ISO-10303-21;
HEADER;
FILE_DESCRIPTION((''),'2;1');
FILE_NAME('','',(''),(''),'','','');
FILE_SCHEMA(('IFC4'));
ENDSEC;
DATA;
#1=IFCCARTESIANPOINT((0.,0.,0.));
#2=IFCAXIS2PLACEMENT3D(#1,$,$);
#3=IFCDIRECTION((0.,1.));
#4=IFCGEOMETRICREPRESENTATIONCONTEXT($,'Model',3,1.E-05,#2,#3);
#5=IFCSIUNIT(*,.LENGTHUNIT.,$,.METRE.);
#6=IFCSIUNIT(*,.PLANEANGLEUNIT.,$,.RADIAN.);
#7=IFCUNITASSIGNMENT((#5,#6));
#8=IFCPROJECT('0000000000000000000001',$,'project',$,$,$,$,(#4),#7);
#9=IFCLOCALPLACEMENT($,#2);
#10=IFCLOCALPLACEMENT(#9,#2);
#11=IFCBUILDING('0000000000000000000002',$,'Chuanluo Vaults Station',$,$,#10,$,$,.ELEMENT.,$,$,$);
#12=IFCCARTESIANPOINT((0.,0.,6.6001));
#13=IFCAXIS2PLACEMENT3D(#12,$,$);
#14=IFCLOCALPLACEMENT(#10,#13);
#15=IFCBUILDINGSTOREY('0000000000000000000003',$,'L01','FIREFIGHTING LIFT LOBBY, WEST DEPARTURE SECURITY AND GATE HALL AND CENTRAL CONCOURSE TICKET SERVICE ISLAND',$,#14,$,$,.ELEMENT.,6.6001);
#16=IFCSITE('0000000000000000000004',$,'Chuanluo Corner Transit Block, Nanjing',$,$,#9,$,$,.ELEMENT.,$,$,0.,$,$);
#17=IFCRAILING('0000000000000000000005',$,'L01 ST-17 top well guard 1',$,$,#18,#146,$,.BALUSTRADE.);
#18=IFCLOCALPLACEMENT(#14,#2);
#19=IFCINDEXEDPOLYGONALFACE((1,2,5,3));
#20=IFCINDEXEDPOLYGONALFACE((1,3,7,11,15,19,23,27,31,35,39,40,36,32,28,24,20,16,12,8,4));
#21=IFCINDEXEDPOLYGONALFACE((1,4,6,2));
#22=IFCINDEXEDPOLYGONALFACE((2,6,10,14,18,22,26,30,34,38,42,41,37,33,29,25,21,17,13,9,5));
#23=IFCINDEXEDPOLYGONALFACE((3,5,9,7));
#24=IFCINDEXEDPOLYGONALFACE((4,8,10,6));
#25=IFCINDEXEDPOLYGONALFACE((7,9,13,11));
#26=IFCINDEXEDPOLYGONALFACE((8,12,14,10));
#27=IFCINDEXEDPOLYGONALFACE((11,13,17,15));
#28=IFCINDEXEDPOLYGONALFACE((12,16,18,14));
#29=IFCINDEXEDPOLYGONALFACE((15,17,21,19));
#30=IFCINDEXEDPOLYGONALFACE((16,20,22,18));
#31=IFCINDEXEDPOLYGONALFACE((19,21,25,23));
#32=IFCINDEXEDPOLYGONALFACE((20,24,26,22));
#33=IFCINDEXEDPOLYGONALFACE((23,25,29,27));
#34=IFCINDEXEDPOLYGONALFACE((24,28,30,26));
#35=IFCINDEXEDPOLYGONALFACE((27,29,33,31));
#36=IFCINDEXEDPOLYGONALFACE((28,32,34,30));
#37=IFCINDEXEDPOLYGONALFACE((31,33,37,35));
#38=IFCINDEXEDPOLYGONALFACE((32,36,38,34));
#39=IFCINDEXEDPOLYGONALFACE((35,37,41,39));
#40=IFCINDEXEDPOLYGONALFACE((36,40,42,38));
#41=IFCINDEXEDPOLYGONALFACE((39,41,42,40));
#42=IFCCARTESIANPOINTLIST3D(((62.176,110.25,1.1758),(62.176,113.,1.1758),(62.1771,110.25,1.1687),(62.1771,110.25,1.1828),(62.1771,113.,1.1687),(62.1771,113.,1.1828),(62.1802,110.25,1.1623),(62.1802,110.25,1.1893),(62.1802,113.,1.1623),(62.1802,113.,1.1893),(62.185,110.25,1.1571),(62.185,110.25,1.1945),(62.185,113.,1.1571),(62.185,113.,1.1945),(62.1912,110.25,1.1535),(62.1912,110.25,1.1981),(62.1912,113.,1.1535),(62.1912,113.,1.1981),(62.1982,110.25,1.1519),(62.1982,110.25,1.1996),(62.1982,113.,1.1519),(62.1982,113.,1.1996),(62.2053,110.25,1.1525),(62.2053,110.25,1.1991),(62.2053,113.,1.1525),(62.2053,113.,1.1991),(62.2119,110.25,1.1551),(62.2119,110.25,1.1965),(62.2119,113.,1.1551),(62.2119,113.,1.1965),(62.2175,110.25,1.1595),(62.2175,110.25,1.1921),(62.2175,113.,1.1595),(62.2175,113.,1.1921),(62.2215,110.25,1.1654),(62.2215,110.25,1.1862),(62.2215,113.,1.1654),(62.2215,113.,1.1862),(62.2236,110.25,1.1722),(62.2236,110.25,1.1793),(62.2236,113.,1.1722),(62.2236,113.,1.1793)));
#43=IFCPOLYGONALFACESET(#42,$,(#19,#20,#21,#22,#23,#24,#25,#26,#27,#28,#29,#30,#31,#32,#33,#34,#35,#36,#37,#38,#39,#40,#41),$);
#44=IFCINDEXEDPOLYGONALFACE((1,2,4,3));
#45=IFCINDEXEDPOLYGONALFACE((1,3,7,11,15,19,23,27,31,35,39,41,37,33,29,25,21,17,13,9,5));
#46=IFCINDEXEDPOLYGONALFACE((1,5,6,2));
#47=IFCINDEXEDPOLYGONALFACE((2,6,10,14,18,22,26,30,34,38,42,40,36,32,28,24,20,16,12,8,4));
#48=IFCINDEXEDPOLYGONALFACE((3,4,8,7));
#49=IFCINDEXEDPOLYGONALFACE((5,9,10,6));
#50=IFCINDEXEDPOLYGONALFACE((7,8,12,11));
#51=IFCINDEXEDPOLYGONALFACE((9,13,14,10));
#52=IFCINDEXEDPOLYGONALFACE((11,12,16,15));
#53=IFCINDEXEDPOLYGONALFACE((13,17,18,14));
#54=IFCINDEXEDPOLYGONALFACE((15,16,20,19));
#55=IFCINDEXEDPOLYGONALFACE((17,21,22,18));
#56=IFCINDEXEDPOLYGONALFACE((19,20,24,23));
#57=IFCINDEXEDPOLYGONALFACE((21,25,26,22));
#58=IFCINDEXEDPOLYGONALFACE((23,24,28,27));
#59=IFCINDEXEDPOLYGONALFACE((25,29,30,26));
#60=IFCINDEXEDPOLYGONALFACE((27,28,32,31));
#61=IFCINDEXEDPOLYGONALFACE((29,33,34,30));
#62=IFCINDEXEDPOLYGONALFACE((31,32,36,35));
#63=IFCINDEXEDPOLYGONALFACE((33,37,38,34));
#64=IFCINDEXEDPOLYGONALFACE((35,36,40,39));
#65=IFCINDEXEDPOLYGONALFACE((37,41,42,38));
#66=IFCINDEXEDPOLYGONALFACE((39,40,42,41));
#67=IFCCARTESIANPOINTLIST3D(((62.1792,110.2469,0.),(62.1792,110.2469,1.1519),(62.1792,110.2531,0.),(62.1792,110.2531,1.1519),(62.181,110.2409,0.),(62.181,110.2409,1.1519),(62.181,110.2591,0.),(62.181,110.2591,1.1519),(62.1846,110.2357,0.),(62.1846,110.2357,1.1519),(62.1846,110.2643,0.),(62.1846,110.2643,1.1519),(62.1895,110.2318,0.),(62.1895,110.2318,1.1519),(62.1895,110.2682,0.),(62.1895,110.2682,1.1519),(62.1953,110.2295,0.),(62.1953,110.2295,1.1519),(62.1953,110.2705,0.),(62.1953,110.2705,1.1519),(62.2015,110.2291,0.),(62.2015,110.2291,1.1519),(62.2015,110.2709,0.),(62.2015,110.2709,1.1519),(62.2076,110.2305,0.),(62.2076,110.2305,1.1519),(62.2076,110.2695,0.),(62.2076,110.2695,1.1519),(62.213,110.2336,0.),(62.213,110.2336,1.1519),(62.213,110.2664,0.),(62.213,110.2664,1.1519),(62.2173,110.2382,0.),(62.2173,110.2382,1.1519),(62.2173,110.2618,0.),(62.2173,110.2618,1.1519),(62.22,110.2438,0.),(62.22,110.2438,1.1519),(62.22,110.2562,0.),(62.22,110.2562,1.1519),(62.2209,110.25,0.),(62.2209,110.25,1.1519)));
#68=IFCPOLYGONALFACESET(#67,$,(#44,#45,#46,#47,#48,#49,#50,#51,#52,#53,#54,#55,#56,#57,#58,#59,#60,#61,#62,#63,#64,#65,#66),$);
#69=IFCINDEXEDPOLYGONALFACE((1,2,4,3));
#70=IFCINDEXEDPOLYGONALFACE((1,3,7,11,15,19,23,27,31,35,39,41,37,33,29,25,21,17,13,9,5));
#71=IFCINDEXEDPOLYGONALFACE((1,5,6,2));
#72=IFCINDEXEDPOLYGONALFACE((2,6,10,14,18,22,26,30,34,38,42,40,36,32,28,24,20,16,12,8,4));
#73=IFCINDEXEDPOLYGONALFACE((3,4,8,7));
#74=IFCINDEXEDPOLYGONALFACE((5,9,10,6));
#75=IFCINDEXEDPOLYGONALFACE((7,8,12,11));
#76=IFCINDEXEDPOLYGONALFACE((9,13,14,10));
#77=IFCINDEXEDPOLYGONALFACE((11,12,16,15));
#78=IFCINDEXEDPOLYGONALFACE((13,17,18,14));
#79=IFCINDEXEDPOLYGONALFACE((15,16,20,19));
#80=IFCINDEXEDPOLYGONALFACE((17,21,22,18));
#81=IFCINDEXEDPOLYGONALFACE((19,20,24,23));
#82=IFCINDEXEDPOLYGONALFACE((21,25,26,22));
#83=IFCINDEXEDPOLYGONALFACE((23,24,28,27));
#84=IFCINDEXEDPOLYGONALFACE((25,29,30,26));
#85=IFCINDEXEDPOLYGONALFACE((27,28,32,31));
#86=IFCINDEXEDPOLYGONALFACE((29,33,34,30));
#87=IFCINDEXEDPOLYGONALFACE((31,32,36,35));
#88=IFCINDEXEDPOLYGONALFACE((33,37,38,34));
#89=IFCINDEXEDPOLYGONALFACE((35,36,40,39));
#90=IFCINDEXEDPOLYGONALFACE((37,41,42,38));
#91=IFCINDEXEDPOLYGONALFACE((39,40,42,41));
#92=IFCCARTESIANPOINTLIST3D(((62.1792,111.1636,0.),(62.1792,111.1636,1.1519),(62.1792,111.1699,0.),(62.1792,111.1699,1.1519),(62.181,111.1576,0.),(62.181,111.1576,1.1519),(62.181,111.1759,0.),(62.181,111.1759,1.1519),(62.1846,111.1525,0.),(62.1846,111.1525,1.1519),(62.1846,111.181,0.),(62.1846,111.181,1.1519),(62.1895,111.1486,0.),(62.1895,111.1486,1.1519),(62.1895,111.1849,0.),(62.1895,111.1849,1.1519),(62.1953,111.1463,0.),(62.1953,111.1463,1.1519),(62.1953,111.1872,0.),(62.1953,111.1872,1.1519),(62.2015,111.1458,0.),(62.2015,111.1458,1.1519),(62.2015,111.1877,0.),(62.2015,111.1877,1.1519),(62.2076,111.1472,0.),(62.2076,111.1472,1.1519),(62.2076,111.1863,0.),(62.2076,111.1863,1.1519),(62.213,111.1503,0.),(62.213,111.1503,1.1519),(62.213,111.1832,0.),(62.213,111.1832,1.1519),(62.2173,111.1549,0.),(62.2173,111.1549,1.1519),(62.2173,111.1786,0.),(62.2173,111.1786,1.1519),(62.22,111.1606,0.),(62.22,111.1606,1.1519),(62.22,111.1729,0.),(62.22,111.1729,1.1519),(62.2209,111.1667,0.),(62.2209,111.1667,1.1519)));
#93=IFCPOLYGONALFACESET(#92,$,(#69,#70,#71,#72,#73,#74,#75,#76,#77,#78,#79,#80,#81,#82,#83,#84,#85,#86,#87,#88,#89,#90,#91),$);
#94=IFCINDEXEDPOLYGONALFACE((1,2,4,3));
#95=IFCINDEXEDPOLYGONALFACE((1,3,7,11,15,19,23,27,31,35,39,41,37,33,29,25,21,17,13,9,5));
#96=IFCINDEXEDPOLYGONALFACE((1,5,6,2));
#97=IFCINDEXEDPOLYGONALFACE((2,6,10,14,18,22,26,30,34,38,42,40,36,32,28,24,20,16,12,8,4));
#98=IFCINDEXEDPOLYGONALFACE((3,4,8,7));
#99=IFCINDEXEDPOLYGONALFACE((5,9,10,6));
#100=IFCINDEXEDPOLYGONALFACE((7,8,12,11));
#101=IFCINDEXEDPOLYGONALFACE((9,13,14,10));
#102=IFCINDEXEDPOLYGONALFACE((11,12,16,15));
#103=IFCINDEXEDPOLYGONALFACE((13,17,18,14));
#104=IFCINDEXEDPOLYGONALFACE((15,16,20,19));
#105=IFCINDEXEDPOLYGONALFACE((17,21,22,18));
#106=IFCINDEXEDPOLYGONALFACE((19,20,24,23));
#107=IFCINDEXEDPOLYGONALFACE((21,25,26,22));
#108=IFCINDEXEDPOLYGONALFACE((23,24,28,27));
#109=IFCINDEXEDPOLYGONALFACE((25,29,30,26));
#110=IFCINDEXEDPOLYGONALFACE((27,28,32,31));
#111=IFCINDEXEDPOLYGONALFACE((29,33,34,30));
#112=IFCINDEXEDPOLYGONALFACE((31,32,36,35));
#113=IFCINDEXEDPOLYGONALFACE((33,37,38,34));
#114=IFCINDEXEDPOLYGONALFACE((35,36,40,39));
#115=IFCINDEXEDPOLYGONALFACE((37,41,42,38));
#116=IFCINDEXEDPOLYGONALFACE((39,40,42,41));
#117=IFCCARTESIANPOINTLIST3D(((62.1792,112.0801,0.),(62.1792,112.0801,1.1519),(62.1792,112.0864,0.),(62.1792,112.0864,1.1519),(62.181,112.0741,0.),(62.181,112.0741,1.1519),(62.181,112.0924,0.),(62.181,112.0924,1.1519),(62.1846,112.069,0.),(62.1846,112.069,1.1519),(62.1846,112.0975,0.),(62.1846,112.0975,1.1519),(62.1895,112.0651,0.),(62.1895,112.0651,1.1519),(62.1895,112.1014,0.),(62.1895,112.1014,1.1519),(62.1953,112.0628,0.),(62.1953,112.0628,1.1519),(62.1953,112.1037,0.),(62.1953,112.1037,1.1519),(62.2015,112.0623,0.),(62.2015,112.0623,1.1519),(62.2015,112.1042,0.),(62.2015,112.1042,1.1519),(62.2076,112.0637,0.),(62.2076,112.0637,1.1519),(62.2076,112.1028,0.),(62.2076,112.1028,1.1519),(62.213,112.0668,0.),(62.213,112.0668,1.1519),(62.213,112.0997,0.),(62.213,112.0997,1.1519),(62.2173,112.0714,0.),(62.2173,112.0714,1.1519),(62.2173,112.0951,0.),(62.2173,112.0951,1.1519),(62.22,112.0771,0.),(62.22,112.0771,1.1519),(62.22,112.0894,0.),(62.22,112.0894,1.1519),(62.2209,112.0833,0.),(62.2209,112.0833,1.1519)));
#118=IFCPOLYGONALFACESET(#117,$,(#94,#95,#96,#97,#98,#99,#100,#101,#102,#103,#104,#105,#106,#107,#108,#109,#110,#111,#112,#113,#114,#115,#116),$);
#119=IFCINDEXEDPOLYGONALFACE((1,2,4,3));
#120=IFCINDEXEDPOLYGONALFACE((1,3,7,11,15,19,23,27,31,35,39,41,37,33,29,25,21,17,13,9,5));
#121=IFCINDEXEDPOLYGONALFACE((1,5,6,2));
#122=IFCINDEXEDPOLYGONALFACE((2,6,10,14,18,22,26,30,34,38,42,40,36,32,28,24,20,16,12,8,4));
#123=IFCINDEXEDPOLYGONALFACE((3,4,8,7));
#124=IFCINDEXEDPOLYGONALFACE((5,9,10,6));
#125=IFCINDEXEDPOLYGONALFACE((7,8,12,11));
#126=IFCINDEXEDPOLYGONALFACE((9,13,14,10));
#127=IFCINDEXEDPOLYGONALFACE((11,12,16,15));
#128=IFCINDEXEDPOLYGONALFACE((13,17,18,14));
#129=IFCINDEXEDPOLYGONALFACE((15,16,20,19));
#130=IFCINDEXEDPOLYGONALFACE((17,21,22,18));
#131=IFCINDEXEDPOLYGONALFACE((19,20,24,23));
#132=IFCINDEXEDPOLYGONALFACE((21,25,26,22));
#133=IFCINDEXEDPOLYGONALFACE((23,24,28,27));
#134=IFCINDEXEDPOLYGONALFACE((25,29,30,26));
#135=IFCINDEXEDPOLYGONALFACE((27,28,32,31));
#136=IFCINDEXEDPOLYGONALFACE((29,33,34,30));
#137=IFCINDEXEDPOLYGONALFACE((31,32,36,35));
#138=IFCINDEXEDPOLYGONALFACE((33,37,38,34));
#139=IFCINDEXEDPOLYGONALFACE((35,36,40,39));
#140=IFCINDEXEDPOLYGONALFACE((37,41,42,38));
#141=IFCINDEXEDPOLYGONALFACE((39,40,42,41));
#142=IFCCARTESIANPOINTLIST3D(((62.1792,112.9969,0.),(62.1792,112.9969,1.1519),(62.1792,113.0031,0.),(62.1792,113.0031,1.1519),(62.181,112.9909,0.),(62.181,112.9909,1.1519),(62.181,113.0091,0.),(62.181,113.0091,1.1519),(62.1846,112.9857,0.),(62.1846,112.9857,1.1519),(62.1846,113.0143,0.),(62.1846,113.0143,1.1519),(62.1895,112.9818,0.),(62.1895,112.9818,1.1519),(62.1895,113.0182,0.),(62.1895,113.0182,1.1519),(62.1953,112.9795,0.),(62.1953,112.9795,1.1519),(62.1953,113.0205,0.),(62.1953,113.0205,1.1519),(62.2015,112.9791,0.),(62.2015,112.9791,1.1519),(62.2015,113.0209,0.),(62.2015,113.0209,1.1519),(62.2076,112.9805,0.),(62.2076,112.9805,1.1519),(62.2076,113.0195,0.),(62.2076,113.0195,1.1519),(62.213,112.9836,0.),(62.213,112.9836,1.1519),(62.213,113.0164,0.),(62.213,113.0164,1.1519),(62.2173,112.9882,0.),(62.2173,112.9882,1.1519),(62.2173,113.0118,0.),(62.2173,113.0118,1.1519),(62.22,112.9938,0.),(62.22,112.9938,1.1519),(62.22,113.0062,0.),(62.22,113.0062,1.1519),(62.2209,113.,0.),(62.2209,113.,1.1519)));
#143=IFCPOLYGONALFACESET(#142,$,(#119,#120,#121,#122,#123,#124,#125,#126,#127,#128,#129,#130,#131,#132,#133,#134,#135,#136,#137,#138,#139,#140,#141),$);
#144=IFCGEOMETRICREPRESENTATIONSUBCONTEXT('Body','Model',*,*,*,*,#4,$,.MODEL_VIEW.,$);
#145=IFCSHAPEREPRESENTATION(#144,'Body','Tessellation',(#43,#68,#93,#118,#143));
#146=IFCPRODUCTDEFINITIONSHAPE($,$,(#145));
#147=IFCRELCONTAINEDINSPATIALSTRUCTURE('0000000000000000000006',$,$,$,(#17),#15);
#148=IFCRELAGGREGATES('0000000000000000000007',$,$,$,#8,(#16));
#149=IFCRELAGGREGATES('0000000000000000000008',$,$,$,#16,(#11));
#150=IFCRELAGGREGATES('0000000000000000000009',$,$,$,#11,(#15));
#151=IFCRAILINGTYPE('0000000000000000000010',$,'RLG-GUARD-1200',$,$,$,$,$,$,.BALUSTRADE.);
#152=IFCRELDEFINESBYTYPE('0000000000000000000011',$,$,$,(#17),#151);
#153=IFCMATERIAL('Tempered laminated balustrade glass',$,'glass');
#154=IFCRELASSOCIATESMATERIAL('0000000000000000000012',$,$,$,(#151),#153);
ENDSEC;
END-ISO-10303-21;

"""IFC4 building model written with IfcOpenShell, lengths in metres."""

from ifc_helpers import new_model, si_unit, direction, frame, origin, origin_2d, place, context, subcontext, project, spatial, circle, extrude, material, type_object, element, save


model = new_model("IFC4")

# Units and contexts
model_context = context("Model", 3, precision=1e-05, world=origin(), true_north=direction((0.0, 1.0)))
body_context = subcontext(model_context, "Body", "Model", "MODEL_VIEW")
ifc_project = project(units=[si_unit("LENGTHUNIT", "METRE"), si_unit("PLANEANGLEUNIT", "RADIAN")], contexts=[model_context])

# Site, building, storey
site_placement = place(None, origin())
site = spatial("IfcSite", under=ifc_project, at=site_placement, Name="Chuanluo Corner Transit Block, Nanjing", CompositionType="ELEMENT", RefElevation=0.0)
building_placement = place(site_placement, origin())
building = spatial("IfcBuilding", under=site, at=building_placement, Name="Chuanluo Vaults Station", CompositionType="ELEMENT")
storey_placement = place(building_placement, frame((0.0, 0.0, 6.6001)))
storey = spatial("IfcBuildingStorey", under=building, at=storey_placement, Name="L01", Description="FIREFIGHTING LIFT LOBBY, WEST DEPARTURE SECURITY AND GATE HALL AND CENTRAL CONCOURSE TICKET SERVICE ISLAND", CompositionType="ELEMENT", Elevation=6.6001)

# Railing
ifc_material_1 = material(Name="Tempered laminated balustrade glass", Category="glass")
railing_type = type_object("IfcRailingType", Name="RLG-GUARD-1200", PredefinedType="BALUSTRADE", material=ifc_material_1)
railing_placement = place(storey_placement, frame((62.2, 110.25, 0.0)))
element("IfcRailing", 1, at=railing_placement, inside=storey, type_object=railing_type, Name="L01 ST-17 top well guard 1", PredefinedType="BALUSTRADE", context=body_context, shape_type="SweptSolid", body=[
    extrude(circle(Radius=0.0239, at=origin_2d()), frame((0.0, 0.0, 1.1758), z_axis=(0.0, 1.0, 0.0), x_axis=(-1.0, 0.0, 0.0)), (0.0, 0.0, 1.0), 2.75),
    extrude(circle(Radius=0.021, at=origin_2d()), origin(), (0.0, 0.0, 1.0), 1.1519),
    extrude(circle(Radius=0.021, at=origin_2d()), frame((0.0, 0.9167, 0.0)), (0.0, 0.0, 1.0), 1.1519),
    extrude(circle(Radius=0.021, at=origin_2d()), frame((0.0, 1.8333, 0.0)), (0.0, 0.0, 1.0), 1.1519),
    extrude(circle(Radius=0.021, at=origin_2d()), frame((0.0, 2.75, 0.0)), (0.0, 0.0, 1.0), 1.1519),
])

save(model, "model.ifc")
